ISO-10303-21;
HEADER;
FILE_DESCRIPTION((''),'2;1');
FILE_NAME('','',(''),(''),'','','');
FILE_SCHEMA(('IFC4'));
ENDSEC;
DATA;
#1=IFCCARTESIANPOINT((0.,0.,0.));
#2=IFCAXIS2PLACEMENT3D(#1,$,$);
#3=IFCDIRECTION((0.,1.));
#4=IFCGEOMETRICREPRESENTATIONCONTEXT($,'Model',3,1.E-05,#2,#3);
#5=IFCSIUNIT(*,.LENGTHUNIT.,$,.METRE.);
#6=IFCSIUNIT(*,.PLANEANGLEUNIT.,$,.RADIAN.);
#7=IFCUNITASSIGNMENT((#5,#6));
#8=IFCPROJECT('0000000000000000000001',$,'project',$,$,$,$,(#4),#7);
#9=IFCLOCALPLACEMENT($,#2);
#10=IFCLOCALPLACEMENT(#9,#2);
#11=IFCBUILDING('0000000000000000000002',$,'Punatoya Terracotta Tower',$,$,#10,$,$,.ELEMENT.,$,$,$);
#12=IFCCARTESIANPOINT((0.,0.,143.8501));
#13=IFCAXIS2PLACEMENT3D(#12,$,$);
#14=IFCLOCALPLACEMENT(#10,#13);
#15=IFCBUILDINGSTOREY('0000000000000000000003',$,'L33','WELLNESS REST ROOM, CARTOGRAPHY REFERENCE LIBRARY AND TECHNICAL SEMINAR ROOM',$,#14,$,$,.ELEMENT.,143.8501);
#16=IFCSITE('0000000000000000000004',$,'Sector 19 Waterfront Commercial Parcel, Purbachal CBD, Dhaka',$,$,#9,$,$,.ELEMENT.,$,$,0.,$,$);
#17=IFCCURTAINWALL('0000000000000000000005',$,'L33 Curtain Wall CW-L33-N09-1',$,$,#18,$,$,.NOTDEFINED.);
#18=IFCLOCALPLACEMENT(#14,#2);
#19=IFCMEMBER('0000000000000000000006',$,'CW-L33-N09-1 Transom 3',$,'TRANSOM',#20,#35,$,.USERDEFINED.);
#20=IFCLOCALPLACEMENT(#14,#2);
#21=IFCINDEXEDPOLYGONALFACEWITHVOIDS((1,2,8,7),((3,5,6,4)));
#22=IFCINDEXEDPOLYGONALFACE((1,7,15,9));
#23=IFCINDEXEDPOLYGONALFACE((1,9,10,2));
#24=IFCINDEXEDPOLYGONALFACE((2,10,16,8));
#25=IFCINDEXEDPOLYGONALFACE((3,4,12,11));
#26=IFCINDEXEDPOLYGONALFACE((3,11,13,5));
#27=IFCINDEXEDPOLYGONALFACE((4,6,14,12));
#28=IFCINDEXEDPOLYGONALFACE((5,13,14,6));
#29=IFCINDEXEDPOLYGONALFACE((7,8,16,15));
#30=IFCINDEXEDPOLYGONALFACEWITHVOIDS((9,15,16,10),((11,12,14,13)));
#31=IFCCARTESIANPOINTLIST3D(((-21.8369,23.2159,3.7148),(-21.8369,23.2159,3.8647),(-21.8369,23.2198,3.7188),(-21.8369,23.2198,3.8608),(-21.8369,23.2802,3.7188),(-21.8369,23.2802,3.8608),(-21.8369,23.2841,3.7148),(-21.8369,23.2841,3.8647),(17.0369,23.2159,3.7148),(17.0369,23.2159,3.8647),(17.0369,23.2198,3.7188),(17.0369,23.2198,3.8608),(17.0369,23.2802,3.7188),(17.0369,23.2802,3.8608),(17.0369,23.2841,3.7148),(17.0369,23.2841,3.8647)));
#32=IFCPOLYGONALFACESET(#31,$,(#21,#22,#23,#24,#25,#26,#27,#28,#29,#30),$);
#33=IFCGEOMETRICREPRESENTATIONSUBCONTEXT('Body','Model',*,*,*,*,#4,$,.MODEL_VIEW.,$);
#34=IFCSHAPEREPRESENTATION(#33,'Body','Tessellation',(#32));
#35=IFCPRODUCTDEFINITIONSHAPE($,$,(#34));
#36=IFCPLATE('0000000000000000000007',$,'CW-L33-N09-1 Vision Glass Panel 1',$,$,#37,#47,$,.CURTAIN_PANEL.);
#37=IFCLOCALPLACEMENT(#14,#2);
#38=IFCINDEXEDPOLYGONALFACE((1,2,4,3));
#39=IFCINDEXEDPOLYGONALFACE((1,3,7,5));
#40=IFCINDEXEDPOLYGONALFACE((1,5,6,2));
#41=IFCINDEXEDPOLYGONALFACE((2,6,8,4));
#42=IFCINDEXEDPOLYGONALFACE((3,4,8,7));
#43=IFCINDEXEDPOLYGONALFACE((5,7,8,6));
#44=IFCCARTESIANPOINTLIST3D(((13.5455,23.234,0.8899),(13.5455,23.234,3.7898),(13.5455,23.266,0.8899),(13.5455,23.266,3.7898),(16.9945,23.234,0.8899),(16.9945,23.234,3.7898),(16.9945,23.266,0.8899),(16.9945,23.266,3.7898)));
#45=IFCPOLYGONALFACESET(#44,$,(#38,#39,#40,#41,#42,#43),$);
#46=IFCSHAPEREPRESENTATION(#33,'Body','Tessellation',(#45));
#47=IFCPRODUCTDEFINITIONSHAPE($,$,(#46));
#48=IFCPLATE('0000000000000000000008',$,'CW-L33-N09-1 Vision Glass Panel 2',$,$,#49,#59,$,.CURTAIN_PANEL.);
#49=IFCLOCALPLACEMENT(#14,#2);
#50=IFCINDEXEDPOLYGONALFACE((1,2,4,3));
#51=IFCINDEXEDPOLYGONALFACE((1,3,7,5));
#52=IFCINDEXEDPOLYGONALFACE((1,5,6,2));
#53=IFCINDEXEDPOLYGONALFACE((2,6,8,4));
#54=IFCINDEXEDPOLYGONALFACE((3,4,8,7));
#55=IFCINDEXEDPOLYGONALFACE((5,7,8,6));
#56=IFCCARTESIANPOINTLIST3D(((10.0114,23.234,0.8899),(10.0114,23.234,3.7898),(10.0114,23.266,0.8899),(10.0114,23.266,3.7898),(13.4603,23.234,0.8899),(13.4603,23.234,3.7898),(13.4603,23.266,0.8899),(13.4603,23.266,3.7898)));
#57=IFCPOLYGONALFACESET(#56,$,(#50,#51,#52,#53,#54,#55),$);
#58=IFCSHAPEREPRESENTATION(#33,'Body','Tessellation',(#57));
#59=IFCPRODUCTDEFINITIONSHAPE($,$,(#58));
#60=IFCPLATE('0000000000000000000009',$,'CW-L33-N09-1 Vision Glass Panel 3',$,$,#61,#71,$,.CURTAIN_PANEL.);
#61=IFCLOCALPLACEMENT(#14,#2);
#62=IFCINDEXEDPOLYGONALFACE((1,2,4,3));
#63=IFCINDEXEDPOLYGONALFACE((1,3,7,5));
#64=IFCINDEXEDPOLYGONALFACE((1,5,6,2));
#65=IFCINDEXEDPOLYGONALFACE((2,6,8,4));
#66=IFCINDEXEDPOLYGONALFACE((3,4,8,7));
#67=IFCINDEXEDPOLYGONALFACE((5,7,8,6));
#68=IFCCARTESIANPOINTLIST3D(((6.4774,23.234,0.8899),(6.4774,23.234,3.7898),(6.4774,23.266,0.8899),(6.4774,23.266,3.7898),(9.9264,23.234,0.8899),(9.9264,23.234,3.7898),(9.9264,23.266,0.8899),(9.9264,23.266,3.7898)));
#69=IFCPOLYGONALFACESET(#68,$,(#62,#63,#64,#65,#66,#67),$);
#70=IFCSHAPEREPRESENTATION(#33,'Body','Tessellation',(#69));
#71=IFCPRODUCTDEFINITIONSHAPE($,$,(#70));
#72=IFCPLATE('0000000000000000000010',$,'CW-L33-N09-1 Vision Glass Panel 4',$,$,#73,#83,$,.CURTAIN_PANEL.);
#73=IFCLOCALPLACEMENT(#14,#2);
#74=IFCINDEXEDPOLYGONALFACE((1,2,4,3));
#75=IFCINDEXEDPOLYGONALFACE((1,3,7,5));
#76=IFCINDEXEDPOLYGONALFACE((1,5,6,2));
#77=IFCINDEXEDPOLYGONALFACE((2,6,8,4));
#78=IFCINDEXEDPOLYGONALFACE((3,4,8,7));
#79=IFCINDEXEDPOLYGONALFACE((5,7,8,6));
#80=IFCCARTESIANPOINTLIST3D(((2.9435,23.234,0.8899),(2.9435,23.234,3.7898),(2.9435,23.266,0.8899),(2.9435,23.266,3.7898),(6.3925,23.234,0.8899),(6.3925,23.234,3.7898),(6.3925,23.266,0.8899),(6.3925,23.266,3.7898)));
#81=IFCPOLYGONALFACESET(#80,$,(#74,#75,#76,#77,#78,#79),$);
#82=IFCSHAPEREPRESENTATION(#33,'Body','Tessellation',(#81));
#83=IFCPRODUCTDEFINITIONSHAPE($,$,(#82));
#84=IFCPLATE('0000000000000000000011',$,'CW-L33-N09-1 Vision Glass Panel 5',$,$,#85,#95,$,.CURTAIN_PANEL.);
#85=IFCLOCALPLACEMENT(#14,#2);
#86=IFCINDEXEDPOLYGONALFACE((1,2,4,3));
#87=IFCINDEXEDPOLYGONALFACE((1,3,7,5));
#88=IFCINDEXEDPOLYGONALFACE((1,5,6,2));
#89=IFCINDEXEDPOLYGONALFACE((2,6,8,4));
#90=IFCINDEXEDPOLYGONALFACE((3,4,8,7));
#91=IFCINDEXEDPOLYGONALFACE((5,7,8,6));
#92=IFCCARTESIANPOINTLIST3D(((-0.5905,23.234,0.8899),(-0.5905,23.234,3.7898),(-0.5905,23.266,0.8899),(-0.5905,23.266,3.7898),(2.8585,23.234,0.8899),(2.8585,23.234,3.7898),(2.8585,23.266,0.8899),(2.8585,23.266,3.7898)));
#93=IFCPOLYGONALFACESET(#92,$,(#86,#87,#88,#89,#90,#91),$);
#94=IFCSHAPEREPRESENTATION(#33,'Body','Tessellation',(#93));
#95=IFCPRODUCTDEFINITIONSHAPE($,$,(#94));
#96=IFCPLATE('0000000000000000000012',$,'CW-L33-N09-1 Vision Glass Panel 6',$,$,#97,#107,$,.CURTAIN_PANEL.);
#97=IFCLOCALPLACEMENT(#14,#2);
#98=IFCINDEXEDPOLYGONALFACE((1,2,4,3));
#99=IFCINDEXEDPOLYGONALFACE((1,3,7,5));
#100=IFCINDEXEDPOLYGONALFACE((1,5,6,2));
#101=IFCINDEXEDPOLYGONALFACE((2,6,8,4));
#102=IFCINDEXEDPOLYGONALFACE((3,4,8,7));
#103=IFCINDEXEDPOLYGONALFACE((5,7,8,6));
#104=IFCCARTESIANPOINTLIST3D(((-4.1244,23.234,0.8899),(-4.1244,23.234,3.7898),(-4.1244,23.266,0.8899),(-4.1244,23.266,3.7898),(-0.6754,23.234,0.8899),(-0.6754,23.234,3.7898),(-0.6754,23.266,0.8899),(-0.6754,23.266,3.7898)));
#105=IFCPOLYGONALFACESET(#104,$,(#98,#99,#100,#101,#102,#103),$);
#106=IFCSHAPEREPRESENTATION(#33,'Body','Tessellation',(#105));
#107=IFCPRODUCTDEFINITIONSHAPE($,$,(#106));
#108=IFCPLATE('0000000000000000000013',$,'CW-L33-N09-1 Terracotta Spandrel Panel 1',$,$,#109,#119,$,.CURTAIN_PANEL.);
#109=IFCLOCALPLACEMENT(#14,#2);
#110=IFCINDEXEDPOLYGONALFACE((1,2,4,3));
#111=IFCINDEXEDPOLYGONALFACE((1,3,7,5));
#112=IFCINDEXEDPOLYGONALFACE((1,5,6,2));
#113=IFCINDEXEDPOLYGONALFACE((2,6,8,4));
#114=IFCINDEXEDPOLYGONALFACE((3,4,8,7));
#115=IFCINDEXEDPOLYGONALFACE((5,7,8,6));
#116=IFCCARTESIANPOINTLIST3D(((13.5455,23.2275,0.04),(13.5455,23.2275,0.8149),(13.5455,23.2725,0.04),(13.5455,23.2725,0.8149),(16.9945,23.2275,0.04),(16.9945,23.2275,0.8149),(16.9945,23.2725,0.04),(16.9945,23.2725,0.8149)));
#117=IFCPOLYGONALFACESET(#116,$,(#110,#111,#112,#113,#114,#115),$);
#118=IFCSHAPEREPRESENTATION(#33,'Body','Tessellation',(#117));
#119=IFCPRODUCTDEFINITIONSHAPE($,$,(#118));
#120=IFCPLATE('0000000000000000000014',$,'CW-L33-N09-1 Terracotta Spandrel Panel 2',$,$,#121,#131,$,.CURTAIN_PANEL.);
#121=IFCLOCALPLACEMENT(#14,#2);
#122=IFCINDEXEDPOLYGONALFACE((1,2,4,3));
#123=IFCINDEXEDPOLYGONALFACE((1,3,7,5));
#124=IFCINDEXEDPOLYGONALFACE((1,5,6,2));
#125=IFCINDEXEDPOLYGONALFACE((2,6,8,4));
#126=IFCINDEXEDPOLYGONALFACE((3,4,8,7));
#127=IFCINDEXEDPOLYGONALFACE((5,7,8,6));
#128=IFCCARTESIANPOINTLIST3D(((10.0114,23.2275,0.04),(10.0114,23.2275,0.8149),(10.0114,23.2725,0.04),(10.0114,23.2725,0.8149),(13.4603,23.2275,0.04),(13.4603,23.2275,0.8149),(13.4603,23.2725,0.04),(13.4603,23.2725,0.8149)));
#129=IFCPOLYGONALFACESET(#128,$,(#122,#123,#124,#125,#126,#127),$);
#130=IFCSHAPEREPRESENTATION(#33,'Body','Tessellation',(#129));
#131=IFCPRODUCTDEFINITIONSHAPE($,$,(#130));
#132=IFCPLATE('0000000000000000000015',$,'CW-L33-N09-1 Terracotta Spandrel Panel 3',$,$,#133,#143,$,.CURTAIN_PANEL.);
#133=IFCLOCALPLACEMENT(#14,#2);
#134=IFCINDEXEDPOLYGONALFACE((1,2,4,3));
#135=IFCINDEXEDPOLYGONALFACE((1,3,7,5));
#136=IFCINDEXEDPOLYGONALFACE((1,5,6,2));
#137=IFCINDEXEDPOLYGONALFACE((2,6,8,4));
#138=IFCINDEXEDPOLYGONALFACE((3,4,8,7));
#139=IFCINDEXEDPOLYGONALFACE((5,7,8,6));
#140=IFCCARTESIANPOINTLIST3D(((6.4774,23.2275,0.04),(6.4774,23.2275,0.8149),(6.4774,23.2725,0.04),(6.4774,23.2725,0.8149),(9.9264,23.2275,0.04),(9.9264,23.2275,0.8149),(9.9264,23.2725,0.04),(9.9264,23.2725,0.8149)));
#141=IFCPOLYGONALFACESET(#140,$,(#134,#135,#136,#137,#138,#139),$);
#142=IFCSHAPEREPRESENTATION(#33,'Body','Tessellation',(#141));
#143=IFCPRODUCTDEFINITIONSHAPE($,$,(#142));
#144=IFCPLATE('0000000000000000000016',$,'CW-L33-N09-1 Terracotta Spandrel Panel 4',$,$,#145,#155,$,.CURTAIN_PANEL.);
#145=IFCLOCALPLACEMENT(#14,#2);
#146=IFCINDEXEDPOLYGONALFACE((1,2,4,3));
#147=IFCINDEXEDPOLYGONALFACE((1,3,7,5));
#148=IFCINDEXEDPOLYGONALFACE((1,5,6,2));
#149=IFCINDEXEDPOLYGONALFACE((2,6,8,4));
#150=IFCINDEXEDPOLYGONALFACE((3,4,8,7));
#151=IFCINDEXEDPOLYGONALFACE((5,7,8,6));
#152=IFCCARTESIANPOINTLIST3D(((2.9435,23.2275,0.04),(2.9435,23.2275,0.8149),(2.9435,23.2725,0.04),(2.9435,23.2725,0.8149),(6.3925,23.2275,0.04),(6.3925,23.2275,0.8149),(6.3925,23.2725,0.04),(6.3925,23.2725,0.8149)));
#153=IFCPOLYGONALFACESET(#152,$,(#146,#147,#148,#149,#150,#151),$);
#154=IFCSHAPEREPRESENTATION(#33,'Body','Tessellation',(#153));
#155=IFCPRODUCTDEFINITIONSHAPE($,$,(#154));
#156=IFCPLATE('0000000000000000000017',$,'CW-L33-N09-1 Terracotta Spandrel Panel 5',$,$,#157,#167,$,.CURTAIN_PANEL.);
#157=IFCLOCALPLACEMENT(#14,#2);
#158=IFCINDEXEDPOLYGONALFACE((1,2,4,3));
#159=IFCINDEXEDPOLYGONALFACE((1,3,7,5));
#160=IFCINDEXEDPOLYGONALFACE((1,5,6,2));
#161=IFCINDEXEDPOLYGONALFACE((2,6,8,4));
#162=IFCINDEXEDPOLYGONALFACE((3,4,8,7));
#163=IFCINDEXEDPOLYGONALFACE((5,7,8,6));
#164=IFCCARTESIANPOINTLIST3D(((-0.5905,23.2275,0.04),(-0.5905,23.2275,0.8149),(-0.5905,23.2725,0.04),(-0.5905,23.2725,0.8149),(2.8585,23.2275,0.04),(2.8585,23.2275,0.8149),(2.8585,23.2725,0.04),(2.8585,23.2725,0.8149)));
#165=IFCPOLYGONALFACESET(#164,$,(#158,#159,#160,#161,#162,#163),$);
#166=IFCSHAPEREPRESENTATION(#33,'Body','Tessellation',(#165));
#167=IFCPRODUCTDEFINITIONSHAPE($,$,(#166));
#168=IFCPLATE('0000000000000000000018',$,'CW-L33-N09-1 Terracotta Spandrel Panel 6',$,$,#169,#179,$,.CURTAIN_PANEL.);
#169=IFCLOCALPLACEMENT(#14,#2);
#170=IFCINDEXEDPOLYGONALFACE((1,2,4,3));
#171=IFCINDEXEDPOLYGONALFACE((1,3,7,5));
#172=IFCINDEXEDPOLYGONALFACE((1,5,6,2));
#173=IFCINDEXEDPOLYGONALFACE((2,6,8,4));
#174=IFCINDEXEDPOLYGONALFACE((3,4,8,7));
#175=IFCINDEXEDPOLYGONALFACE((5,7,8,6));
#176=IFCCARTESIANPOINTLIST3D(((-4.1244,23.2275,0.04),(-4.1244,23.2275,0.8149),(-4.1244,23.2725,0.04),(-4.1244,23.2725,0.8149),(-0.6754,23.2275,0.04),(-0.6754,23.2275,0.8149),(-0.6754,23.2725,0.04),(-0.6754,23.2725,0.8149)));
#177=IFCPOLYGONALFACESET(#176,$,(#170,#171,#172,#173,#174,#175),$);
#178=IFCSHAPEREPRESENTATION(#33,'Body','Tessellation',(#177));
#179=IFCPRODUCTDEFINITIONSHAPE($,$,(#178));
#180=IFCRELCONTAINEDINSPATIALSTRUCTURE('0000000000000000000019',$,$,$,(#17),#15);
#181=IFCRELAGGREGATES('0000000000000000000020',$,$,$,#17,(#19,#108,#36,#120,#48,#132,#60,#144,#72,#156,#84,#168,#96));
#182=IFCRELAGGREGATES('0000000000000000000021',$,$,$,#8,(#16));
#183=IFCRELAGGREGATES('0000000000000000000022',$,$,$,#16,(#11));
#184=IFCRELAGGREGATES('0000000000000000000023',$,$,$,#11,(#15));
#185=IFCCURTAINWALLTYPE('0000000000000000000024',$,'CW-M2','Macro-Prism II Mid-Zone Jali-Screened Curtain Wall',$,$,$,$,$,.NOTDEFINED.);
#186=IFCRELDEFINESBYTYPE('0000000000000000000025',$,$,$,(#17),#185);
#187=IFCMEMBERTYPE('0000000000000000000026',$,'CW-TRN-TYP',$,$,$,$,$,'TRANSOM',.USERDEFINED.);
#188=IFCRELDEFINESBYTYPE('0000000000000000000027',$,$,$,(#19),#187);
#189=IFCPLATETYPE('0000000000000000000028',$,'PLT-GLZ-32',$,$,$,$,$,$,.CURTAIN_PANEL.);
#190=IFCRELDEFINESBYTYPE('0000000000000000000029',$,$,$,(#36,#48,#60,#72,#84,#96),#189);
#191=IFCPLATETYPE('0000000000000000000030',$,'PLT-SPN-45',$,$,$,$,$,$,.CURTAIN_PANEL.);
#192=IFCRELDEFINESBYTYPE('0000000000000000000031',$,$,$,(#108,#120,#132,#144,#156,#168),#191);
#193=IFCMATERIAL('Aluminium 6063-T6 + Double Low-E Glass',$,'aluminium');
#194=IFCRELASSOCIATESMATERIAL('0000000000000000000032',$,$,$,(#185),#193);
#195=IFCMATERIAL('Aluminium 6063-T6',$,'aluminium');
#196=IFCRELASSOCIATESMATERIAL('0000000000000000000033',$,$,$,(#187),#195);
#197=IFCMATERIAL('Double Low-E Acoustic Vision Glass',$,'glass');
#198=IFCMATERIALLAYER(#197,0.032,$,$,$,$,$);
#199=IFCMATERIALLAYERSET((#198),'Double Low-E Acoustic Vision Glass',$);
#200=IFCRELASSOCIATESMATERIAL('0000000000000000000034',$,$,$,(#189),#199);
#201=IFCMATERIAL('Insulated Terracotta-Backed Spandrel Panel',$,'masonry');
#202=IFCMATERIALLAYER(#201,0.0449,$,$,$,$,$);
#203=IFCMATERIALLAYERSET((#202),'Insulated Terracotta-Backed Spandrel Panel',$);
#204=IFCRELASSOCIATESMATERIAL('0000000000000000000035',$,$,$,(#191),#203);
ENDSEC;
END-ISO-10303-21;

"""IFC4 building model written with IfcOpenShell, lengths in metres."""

from ifc_helpers import new_model, si_unit, direction, frame, origin, origin_2d, place, context, subcontext, project, spatial, rectangle, hollow_rectangle, extrude, material, layer, layer_set, material_profile, profile_set, type_object, element, aggregate, save


model = new_model("IFC4")

# Units and contexts
model_context = context("Model", 3, precision=1e-05, world=origin(), true_north=direction((0.0, 1.0)))
body_context = subcontext(model_context, "Body", "Model", "MODEL_VIEW")
ifc_project = project(units=[si_unit("LENGTHUNIT", "METRE"), si_unit("PLANEANGLEUNIT", "RADIAN")], contexts=[model_context])

# Site, building, storey
site_placement = place(None, origin())
site = spatial("IfcSite", under=ifc_project, at=site_placement, Name="Sector 19 Waterfront Commercial Parcel, Purbachal CBD, Dhaka", CompositionType="ELEMENT", RefElevation=0.0)
building_placement = place(site_placement, origin())
building = spatial("IfcBuilding", under=site, at=building_placement, Name="Punatoya Terracotta Tower", CompositionType="ELEMENT")
storey_placement = place(building_placement, frame((0.0, 0.0, 143.8501)))
storey = spatial("IfcBuildingStorey", under=building, at=storey_placement, Name="L33", Description="WELLNESS REST ROOM, CARTOGRAPHY REFERENCE LIBRARY AND TECHNICAL SEMINAR ROOM", CompositionType="ELEMENT", Elevation=143.8501)

# Curtain wall, member, plates
ifc_material_1 = material(Name="Aluminium 6063-T6 + Double Low-E Glass", Category="aluminium")
curtain_wall_type = type_object("IfcCurtainWallType", Name="CW-M2", Description="Macro-Prism II Mid-Zone Jali-Screened Curtain Wall", PredefinedType="NOTDEFINED", material=ifc_material_1)
curtain_wall_placement = place(storey_placement, origin())
curtain_wall = element("IfcCurtainWall", 1, at=curtain_wall_placement, inside=storey, type_object=curtain_wall_type, Name="L33 Curtain Wall CW-L33-N09-1", PredefinedType="NOTDEFINED")
ifc_material_2 = material(Name="Aluminium 6063-T6", Category="aluminium")
ifc_material_profile_1 = material_profile(ifc_material_2, hollow_rectangle(XDim=0.0681, YDim=0.1499, WallThickness=0.0039, at=origin_2d()))
ifc_profile_set_1 = profile_set([ifc_material_profile_1], Name="Aluminium 6063-T6")
member_type_1 = type_object("IfcMemberType", Name="CW-TRN-TYP", ElementType="TRANSOM", PredefinedType="USERDEFINED", material=ifc_profile_set_1)
member_1_placement = place(storey_placement, frame((17.0369, 23.25, 3.7898), z_axis=(-1.0, 0.0, 0.0), x_axis=(0.0, -1.0, 0.0)))
member_1 = element("IfcMember", 2, at=member_1_placement, type_object=member_type_1, Name="CW-L33-N09-1 Transom 3", ObjectType="TRANSOM", PredefinedType="USERDEFINED", context=body_context, shape_type="SweptSolid", body=[
    extrude(hollow_rectangle(XDim=0.0681, YDim=0.1499, WallThickness=0.0039, at=origin_2d()), origin(), (0.0, 0.0, 1.0), 38.8738),
])
ifc_material_3 = material(Name="Double Low-E Acoustic Vision Glass", Category="glass")
ifc_layer_1 = layer(ifc_material_3, 0.032)
ifc_layer_set_1 = layer_set([ifc_layer_1], Name="Double Low-E Acoustic Vision Glass")
plate_type_1 = type_object("IfcPlateType", Name="PLT-GLZ-32", PredefinedType="CURTAIN_PANEL", material=ifc_layer_set_1)
plate_1_placement = place(storey_placement, frame((15.27, 23.25, 0.8899), z_axis=(0.0, 0.0, 1.0), x_axis=(-1.0, 0.0, 0.0)))
plate_1 = element("IfcPlate", 3, at=plate_1_placement, type_object=plate_type_1, Name="CW-L33-N09-1 Vision Glass Panel 1", PredefinedType="CURTAIN_PANEL", context=body_context, shape_type="SweptSolid", body=[
    extrude(rectangle(XDim=3.449, YDim=0.032, at=origin_2d()), origin(), (0.0, 0.0, 1.0), 2.8999),
])
plate_2_placement = place(storey_placement, frame((11.7358, 23.25, 0.8899), z_axis=(0.0, 0.0, 1.0), x_axis=(-1.0, 0.0, 0.0)))
plate_2 = element("IfcPlate", 4, at=plate_2_placement, type_object=plate_type_1, Name="CW-L33-N09-1 Vision Glass Panel 2", PredefinedType="CURTAIN_PANEL", context=body_context, shape_type="SweptSolid", body=[
    extrude(rectangle(XDim=3.449, YDim=0.032, at=origin_2d()), origin(), (0.0, 0.0, 1.0), 2.8999),
])
plate_3_placement = place(storey_placement, frame((8.2019, 23.25, 0.8899), z_axis=(0.0, 0.0, 1.0), x_axis=(-1.0, 0.0, 0.0)))
plate_3 = element("IfcPlate", 5, at=plate_3_placement, type_object=plate_type_1, Name="CW-L33-N09-1 Vision Glass Panel 3", PredefinedType="CURTAIN_PANEL", context=body_context, shape_type="SweptSolid", body=[
    extrude(rectangle(XDim=3.449, YDim=0.032, at=origin_2d()), origin(), (0.0, 0.0, 1.0), 2.8999),
])
plate_4_placement = place(storey_placement, frame((4.668, 23.25, 0.8899), z_axis=(0.0, 0.0, 1.0), x_axis=(-1.0, 0.0, 0.0)))
plate_4 = element("IfcPlate", 6, at=plate_4_placement, type_object=plate_type_1, Name="CW-L33-N09-1 Vision Glass Panel 4", PredefinedType="CURTAIN_PANEL", context=body_context, shape_type="SweptSolid", body=[
    extrude(rectangle(XDim=3.449, YDim=0.032, at=origin_2d()), origin(), (0.0, 0.0, 1.0), 2.8999),
])
plate_5_placement = place(storey_placement, frame((1.134, 23.25, 0.8899), z_axis=(0.0, 0.0, 1.0), x_axis=(-1.0, 0.0, 0.0)))
plate_5 = element("IfcPlate", 7, at=plate_5_placement, type_object=plate_type_1, Name="CW-L33-N09-1 Vision Glass Panel 5", PredefinedType="CURTAIN_PANEL", context=body_context, shape_type="SweptSolid", body=[
    extrude(rectangle(XDim=3.449, YDim=0.032, at=origin_2d()), origin(), (0.0, 0.0, 1.0), 2.8999),
])
plate_6_placement = place(storey_placement, frame((-2.3999, 23.25, 0.8899), z_axis=(0.0, 0.0, 1.0), x_axis=(-1.0, 0.0, 0.0)))
plate_6 = element("IfcPlate", 8, at=plate_6_placement, type_object=plate_type_1, Name="CW-L33-N09-1 Vision Glass Panel 6", PredefinedType="CURTAIN_PANEL", context=body_context, shape_type="SweptSolid", body=[
    extrude(rectangle(XDim=3.449, YDim=0.032, at=origin_2d()), origin(), (0.0, 0.0, 1.0), 2.8999),
])
ifc_material_4 = material(Name="Insulated Terracotta-Backed Spandrel Panel", Category="masonry")
ifc_layer_2 = layer(ifc_material_4, 0.0449)
ifc_layer_set_2 = layer_set([ifc_layer_2], Name="Insulated Terracotta-Backed Spandrel Panel")
plate_type_2 = type_object("IfcPlateType", Name="PLT-SPN-45", PredefinedType="CURTAIN_PANEL", material=ifc_layer_set_2)
plate_7_placement = place(storey_placement, frame((15.27, 23.25, 0.04), z_axis=(0.0, 0.0, 1.0), x_axis=(-1.0, 0.0, 0.0)))
plate_7 = element("IfcPlate", 9, at=plate_7_placement, type_object=plate_type_2, Name="CW-L33-N09-1 Terracotta Spandrel Panel 1", PredefinedType="CURTAIN_PANEL", context=body_context, shape_type="SweptSolid", body=[
    extrude(rectangle(XDim=3.449, YDim=0.0449, at=origin_2d()), origin(), (0.0, 0.0, 1.0), 0.7749),
])
plate_8_placement = place(storey_placement, frame((11.7358, 23.25, 0.04), z_axis=(0.0, 0.0, 1.0), x_axis=(-1.0, 0.0, 0.0)))
plate_8 = element("IfcPlate", 10, at=plate_8_placement, type_object=plate_type_2, Name="CW-L33-N09-1 Terracotta Spandrel Panel 2", PredefinedType="CURTAIN_PANEL", context=body_context, shape_type="SweptSolid", body=[
    extrude(rectangle(XDim=3.449, YDim=0.0449, at=origin_2d()), origin(), (0.0, 0.0, 1.0), 0.7749),
])
plate_9_placement = place(storey_placement, frame((8.2019, 23.25, 0.04), z_axis=(0.0, 0.0, 1.0), x_axis=(-1.0, 0.0, 0.0)))
plate_9 = element("IfcPlate", 11, at=plate_9_placement, type_object=plate_type_2, Name="CW-L33-N09-1 Terracotta Spandrel Panel 3", PredefinedType="CURTAIN_PANEL", context=body_context, shape_type="SweptSolid", body=[
    extrude(rectangle(XDim=3.449, YDim=0.0449, at=origin_2d()), origin(), (0.0, 0.0, 1.0), 0.7749),
])
plate_10_placement = place(storey_placement, frame((4.668, 23.25, 0.04), z_axis=(0.0, 0.0, 1.0), x_axis=(-1.0, 0.0, 0.0)))
plate_10 = element("IfcPlate", 12, at=plate_10_placement, type_object=plate_type_2, Name="CW-L33-N09-1 Terracotta Spandrel Panel 4", PredefinedType="CURTAIN_PANEL", context=body_context, shape_type="SweptSolid", body=[
    extrude(rectangle(XDim=3.449, YDim=0.0449, at=origin_2d()), origin(), (0.0, 0.0, 1.0), 0.7749),
])
plate_11_placement = place(storey_placement, frame((1.134, 23.25, 0.04), z_axis=(0.0, 0.0, 1.0), x_axis=(-1.0, 0.0, 0.0)))
plate_11 = element("IfcPlate", 13, at=plate_11_placement, type_object=plate_type_2, Name="CW-L33-N09-1 Terracotta Spandrel Panel 5", PredefinedType="CURTAIN_PANEL", context=body_context, shape_type="SweptSolid", body=[
    extrude(rectangle(XDim=3.449, YDim=0.0449, at=origin_2d()), origin(), (0.0, 0.0, 1.0), 0.7749),
])
plate_12_placement = place(storey_placement, frame((-2.3999, 23.25, 0.04), z_axis=(0.0, 0.0, 1.0), x_axis=(-1.0, 0.0, 0.0)))
plate_12 = element("IfcPlate", 14, at=plate_12_placement, type_object=plate_type_2, Name="CW-L33-N09-1 Terracotta Spandrel Panel 6", PredefinedType="CURTAIN_PANEL", context=body_context, shape_type="SweptSolid", body=[
    extrude(rectangle(XDim=3.449, YDim=0.0449, at=origin_2d()), origin(), (0.0, 0.0, 1.0), 0.7749),
])
aggregate(curtain_wall, [member_1, plate_7, plate_1, plate_8, plate_2, plate_9, plate_3, plate_10, plate_4, plate_11, plate_5, plate_12, plate_6])

save(model, "model.ifc")
